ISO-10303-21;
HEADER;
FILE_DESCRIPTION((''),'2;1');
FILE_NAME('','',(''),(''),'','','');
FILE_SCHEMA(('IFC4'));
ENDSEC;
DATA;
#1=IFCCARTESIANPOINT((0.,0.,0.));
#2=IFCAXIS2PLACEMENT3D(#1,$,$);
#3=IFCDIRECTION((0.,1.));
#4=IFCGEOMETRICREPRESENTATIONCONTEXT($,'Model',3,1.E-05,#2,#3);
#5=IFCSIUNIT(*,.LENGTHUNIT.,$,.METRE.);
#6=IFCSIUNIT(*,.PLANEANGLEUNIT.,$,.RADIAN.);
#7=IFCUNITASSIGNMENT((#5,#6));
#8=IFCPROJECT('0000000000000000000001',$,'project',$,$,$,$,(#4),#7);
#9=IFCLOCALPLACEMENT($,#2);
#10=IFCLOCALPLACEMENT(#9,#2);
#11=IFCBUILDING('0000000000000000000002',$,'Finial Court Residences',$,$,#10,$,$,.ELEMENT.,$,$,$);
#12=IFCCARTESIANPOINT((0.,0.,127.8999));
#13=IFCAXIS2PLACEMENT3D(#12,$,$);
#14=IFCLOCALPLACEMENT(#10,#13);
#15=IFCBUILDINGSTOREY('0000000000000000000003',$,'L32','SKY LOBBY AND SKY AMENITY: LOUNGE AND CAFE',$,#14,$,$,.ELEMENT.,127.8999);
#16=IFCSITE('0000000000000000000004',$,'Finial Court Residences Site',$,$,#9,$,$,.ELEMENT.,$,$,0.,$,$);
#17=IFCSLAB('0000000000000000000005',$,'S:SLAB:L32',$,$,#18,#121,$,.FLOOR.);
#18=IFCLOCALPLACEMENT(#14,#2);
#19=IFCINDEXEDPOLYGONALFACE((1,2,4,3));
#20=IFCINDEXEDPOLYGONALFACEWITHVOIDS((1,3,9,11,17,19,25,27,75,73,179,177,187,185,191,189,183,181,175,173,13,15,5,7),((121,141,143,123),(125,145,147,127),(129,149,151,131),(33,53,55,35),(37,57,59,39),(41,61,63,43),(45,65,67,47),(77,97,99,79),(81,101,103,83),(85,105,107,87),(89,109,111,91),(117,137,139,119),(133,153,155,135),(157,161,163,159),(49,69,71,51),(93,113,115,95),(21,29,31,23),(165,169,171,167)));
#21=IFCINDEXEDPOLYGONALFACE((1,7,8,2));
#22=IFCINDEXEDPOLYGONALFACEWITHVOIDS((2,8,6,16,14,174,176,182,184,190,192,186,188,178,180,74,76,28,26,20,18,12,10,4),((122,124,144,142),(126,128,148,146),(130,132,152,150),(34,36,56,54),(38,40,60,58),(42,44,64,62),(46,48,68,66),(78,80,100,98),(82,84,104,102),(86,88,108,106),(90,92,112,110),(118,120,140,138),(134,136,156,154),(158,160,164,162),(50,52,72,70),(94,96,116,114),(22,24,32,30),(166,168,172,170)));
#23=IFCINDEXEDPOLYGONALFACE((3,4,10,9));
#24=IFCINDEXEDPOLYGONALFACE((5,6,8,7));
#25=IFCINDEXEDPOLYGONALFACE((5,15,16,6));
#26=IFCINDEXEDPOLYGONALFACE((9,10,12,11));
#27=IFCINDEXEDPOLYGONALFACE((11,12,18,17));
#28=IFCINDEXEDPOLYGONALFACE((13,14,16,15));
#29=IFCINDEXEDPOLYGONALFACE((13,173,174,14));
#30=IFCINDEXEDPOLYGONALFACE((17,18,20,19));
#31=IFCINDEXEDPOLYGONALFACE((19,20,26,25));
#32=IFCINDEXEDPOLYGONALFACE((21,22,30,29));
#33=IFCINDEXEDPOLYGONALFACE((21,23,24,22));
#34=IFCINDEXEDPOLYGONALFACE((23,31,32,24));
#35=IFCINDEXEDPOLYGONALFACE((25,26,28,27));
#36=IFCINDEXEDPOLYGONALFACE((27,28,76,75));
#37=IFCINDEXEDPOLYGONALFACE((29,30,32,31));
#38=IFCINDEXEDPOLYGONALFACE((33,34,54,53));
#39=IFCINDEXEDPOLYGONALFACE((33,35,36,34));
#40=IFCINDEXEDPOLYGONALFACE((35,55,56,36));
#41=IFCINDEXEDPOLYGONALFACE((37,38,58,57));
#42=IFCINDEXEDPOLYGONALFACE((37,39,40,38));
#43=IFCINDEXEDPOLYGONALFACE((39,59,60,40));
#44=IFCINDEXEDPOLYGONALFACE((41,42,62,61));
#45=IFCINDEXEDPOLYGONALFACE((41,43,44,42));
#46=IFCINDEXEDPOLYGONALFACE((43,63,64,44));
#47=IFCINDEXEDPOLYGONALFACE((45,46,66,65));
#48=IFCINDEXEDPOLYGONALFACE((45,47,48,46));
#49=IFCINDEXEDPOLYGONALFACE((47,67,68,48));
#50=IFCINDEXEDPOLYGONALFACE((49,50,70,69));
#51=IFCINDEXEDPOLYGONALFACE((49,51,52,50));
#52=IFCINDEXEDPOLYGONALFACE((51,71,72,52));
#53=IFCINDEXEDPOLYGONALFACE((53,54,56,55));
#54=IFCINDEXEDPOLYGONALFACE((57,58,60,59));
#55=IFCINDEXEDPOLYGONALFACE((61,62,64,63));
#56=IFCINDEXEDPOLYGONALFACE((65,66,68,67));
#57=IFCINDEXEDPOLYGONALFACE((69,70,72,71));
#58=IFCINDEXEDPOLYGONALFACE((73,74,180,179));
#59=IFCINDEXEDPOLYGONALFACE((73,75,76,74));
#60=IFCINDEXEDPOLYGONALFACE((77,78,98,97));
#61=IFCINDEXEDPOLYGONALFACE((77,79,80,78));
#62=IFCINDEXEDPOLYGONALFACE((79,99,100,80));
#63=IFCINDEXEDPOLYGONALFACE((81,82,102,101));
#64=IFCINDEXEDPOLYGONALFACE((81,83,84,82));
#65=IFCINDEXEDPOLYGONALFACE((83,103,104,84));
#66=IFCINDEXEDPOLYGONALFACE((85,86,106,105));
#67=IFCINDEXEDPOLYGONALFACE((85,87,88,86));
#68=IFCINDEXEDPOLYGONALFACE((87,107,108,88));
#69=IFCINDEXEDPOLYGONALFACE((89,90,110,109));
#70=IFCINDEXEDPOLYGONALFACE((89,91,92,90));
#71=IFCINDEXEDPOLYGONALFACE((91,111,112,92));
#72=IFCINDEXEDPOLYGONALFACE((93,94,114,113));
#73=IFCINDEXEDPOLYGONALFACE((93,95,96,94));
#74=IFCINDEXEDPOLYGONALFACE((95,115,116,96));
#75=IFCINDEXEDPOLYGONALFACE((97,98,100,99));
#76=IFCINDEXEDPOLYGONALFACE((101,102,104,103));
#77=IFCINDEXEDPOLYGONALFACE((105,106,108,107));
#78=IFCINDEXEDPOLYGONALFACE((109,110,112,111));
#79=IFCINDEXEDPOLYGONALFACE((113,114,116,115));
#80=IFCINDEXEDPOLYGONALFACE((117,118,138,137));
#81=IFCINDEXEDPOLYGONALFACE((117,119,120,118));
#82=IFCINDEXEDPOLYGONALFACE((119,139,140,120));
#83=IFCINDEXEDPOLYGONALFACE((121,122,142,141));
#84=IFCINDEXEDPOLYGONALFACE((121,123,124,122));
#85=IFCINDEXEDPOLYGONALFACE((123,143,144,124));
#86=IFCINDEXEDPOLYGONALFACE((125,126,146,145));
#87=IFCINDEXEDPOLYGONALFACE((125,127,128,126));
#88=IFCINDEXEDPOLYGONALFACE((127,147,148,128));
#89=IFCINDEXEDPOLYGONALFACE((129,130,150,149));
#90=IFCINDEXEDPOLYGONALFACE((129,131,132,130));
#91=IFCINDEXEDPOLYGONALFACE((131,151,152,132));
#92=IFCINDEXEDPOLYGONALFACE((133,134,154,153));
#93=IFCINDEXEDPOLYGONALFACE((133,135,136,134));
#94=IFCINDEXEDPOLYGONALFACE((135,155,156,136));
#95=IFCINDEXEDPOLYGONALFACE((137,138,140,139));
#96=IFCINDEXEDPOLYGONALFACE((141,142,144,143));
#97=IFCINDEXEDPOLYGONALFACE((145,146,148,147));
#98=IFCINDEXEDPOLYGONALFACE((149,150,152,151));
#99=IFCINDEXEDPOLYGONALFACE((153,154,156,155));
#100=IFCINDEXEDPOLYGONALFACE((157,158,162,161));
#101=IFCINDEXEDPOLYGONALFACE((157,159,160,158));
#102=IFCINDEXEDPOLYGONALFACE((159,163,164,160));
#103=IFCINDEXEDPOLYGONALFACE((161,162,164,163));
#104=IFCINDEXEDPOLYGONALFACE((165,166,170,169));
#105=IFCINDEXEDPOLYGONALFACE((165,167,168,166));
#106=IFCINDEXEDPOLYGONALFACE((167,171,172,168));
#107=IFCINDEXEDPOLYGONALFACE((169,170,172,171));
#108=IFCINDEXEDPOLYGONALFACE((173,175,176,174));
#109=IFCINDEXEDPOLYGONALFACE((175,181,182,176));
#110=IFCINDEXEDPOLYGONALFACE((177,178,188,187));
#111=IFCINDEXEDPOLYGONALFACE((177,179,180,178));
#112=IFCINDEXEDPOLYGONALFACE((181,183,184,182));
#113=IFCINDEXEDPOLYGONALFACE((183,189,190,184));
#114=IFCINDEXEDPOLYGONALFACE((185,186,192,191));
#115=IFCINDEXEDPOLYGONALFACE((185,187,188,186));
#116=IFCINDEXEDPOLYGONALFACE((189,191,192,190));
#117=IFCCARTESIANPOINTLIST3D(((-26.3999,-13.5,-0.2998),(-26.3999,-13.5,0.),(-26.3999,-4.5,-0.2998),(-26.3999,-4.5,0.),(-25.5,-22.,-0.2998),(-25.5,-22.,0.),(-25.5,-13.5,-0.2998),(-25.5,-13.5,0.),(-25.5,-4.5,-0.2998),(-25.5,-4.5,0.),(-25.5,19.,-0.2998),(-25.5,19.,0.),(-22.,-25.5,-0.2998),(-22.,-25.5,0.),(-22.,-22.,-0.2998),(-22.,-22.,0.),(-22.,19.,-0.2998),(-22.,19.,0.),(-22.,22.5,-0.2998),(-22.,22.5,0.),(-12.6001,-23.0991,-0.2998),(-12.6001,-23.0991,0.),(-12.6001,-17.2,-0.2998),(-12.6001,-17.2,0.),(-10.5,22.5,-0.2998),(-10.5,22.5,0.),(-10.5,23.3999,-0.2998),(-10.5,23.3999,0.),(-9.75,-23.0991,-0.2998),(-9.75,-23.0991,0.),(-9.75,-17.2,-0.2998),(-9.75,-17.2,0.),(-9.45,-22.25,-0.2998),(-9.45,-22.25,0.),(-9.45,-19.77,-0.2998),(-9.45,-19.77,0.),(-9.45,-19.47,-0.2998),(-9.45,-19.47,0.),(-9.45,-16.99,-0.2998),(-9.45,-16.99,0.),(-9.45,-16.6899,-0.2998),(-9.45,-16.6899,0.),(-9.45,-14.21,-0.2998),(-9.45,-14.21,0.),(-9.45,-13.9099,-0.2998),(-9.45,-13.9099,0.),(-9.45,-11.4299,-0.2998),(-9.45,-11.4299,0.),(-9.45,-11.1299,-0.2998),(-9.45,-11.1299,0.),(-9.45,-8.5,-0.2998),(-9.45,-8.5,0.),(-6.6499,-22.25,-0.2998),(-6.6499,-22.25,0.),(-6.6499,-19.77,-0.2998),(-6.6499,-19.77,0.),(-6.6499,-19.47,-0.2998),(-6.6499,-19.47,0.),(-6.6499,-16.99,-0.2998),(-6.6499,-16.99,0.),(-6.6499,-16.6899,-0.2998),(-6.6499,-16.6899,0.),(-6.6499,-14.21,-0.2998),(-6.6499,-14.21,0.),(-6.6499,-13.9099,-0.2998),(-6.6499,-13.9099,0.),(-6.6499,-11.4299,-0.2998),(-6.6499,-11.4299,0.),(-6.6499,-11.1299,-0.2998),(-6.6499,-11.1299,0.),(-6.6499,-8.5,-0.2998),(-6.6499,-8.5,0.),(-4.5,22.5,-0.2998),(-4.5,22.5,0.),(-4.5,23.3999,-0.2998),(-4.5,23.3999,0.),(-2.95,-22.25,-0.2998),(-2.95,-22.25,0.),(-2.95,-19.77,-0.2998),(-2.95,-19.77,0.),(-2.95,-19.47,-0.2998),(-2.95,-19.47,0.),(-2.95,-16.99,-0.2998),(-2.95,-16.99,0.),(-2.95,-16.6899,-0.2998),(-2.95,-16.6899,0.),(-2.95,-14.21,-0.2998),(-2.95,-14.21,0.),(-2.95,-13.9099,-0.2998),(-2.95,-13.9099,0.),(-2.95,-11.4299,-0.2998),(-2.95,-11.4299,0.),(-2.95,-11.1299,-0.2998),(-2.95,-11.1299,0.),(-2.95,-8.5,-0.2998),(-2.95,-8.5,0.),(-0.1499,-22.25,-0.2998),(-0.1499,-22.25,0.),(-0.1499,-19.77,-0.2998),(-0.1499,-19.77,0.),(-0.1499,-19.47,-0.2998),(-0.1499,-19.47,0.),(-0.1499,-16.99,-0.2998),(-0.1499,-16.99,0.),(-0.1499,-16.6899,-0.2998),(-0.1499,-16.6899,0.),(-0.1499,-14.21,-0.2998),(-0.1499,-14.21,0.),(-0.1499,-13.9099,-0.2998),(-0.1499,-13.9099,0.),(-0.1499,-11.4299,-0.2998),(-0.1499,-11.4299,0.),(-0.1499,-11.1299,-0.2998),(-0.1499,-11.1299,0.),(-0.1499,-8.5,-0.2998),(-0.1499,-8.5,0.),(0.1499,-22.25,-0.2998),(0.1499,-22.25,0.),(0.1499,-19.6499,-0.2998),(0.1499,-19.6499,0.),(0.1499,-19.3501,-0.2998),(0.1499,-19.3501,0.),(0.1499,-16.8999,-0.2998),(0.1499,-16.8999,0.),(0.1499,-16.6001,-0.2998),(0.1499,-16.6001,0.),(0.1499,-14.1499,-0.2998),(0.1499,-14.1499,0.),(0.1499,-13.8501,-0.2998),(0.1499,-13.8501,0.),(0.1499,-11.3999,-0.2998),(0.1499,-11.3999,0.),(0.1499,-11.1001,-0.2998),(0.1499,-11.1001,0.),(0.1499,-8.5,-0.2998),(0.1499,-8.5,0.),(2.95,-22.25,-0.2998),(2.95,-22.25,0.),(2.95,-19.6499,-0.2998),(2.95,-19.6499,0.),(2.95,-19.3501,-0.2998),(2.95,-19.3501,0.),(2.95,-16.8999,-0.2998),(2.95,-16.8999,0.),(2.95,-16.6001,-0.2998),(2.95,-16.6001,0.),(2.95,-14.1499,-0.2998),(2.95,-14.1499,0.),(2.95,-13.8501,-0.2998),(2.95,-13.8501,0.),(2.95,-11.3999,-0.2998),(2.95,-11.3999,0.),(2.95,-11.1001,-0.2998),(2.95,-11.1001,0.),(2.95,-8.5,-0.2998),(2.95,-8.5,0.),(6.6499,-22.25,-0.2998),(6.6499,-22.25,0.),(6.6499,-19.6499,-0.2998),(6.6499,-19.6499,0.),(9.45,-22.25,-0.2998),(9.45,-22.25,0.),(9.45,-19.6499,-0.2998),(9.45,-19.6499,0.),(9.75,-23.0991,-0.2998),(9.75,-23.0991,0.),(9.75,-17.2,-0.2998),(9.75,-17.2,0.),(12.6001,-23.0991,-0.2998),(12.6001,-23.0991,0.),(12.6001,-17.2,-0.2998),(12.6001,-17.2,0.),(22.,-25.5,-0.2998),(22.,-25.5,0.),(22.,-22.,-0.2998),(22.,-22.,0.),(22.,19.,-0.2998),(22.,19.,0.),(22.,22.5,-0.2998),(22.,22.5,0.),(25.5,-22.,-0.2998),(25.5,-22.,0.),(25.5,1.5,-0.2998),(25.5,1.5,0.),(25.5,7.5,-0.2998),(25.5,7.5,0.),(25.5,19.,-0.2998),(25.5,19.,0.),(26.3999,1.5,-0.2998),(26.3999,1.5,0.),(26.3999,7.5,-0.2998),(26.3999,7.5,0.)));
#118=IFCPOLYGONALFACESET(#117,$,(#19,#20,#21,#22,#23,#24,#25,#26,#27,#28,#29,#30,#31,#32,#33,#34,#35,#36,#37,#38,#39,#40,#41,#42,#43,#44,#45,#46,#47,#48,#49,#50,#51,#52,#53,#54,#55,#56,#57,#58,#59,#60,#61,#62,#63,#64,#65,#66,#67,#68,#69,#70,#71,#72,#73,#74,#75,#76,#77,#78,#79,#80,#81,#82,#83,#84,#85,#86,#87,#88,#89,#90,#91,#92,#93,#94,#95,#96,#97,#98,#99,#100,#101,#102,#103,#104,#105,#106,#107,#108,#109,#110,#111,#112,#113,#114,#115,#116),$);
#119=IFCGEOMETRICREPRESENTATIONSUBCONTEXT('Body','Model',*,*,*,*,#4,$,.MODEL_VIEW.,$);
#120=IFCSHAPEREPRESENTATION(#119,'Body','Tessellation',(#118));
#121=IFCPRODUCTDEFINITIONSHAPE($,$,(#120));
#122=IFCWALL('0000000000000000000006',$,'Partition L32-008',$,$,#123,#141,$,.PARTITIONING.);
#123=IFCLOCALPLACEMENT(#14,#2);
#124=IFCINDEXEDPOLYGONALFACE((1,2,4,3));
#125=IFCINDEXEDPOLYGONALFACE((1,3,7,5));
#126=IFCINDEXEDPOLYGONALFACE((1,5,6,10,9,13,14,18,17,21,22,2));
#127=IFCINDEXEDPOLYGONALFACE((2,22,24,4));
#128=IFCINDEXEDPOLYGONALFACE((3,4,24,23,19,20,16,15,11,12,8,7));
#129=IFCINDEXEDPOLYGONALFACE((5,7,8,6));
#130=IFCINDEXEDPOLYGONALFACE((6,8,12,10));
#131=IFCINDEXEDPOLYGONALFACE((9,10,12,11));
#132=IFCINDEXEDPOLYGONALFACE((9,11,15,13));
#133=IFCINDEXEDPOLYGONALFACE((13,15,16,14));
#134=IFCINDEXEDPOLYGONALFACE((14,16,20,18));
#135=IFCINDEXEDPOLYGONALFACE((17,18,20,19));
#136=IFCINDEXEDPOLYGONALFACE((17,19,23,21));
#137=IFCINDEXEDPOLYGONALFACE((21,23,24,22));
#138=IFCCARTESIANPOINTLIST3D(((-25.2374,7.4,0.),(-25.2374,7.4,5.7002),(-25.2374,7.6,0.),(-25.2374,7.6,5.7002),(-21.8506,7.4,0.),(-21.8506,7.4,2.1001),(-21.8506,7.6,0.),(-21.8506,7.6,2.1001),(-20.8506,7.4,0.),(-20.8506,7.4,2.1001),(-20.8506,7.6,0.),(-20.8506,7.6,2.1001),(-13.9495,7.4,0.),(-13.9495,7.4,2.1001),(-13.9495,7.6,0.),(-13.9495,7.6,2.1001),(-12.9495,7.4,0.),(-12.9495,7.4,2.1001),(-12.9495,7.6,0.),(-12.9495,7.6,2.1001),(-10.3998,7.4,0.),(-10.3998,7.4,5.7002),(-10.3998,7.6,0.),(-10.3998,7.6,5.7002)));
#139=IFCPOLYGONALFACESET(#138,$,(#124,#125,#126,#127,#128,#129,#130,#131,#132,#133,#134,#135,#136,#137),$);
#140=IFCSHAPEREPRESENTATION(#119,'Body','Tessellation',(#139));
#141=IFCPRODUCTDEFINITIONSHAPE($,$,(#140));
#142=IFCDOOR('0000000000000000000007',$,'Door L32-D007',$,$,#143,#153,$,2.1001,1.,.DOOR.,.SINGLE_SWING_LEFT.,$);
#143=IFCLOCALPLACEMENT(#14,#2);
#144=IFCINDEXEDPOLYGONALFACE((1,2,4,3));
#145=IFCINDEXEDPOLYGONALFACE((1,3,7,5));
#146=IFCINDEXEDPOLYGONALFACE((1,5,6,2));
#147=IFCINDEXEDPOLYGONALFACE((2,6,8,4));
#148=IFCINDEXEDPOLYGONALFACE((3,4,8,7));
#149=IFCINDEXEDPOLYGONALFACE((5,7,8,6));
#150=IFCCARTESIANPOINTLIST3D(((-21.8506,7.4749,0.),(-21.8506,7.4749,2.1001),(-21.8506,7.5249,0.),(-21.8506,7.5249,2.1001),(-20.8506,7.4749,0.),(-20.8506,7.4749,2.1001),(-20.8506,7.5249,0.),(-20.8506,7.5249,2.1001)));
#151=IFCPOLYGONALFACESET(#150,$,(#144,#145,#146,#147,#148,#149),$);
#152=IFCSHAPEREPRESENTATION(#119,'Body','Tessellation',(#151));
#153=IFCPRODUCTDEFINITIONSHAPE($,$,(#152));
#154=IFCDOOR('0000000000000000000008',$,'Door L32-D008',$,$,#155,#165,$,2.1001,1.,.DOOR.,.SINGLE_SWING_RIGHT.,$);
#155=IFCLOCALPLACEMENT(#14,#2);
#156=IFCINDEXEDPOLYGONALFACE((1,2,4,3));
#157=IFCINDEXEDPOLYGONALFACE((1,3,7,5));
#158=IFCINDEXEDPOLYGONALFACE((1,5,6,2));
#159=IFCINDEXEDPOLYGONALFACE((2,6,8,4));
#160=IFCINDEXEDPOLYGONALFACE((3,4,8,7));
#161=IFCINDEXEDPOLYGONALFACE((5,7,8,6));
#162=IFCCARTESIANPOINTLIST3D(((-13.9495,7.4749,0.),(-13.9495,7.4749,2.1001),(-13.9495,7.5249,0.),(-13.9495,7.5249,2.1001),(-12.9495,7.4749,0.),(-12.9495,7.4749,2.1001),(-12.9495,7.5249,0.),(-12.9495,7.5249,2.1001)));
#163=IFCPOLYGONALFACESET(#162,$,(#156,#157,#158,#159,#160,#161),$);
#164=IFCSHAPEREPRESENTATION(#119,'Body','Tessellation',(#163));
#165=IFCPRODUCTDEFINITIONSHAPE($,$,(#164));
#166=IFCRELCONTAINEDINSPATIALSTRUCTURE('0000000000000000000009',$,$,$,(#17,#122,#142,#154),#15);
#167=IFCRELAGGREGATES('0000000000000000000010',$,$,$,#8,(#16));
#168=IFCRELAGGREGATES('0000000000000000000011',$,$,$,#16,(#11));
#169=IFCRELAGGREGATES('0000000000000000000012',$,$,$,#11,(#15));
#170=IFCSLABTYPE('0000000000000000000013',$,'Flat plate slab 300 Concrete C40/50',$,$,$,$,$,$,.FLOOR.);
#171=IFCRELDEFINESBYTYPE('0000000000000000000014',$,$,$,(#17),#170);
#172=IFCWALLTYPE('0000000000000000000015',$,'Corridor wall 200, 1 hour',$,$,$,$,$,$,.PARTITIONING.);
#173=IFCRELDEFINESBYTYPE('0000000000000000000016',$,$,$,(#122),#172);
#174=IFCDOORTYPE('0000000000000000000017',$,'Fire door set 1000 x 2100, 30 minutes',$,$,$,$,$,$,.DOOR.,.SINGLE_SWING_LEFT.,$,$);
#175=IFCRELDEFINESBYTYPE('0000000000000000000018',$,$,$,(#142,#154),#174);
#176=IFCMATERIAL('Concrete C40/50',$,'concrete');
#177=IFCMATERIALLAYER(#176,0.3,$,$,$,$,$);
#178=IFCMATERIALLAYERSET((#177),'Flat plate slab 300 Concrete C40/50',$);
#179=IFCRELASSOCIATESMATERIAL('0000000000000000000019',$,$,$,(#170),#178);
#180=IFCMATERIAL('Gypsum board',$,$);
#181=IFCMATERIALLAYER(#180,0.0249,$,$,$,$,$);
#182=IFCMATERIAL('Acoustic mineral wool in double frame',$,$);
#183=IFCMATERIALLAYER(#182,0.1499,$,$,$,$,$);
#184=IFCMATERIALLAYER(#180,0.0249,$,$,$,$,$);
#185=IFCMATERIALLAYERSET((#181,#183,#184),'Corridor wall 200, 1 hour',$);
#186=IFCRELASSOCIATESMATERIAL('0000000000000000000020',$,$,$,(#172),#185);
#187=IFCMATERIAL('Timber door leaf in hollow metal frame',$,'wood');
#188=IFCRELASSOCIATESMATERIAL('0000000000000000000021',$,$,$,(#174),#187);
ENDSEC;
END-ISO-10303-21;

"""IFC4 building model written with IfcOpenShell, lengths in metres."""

from ifc_helpers import new_model, si_unit, direction, frame, frame_2d, origin, place, context, subcontext, project, spatial, polyline, rectangle, outline, extrude, material, layer, layer_set, type_object, element, fill, save


model = new_model("IFC4")

# Units and contexts
model_context = context("Model", 3, precision=1e-05, world=origin(), true_north=direction((0.0, 1.0)))
body_context = subcontext(model_context, "Body", "Model", "MODEL_VIEW")
ifc_project = project(units=[si_unit("LENGTHUNIT", "METRE"), si_unit("PLANEANGLEUNIT", "RADIAN")], contexts=[model_context])

# Site, building, storey
site_placement = place(None, origin())
site = spatial("IfcSite", under=ifc_project, at=site_placement, Name="Finial Court Residences Site", CompositionType="ELEMENT", RefElevation=0.0)
building_placement = place(site_placement, origin())
building = spatial("IfcBuilding", under=site, at=building_placement, Name="Finial Court Residences", CompositionType="ELEMENT")
storey_placement = place(building_placement, frame((0.0, 0.0, 127.8999)))
storey = spatial("IfcBuildingStorey", under=building, at=storey_placement, Name="L32", Description="SKY LOBBY AND SKY AMENITY: LOUNGE AND CAFE", CompositionType="ELEMENT", Elevation=127.8999)

# Slab
ifc_material_1 = material(Name="Concrete C40/50", Category="concrete")
ifc_layer_1 = layer(ifc_material_1, 0.3)
ifc_layer_set_1 = layer_set([ifc_layer_1], Name="Flat plate slab 300 Concrete C40/50")
slab_type_1 = type_object("IfcSlabType", Name="Flat plate slab 300 Concrete C40/50", PredefinedType="FLOOR", material=ifc_layer_set_1)
slab_1_placement = place(storey_placement, frame((0.0, 0.0, -0.2998)))
element("IfcSlab", 1, at=slab_1_placement, inside=storey, type_object=slab_type_1, Name="S:SLAB:L32", PredefinedType="FLOOR", context=body_context, shape_type="SweptSolid", body=[
    extrude(outline(polyline([(-26.3999, -4.5), (-25.5, -4.5), (-25.5, 19.0), (-22.0, 19.0), (-22.0, 22.5), (-10.5, 22.5), (-10.5, 23.3999), (-4.5, 23.3999), (-4.5, 22.5), (22.0, 22.5), (22.0, 19.0), (25.5, 19.0), (25.5, 7.5), (26.3999, 7.5), (26.3999, 1.5), (25.5, 1.5), (25.5, -22.0), (22.0, -22.0), (22.0, -25.5), (-22.0, -25.5), (-22.0, -22.0), (-25.5, -22.0), (-25.5, -13.5), (-26.3999, -13.5), (-26.3999, -4.5)]), holes=[polyline([(-6.6499, -22.25), (-6.6499, -19.77), (-9.45, -19.77), (-9.45, -22.25), (-6.6499, -22.25)]), polyline([(-0.1499, -22.25), (-0.1499, -19.77), (-2.95, -19.77), (-2.95, -22.25), (-0.1499, -22.25)]), polyline([(-9.75, -17.2), (-12.6001, -17.2), (-12.6001, -23.0991), (-9.75, -23.0991), (-9.75, -17.2)]), polyline([(-6.6499, -19.47), (-6.6499, -16.99), (-9.45, -16.99), (-9.45, -19.47), (-6.6499, -19.47)]), polyline([(-6.6499, -16.6899), (-6.6499, -14.21), (-9.45, -14.21), (-9.45, -16.6899), (-6.6499, -16.6899)]), polyline([(-0.1499, -16.6899), (-0.1499, -14.21), (-2.95, -14.21), (-2.95, -16.6899), (-0.1499, -16.6899)]), polyline([(-6.6499, -13.9099), (-6.6499, -11.4299), (-9.45, -11.4299), (-9.45, -13.9099), (-6.6499, -13.9099)]), polyline([(-2.95, -13.9099), (-0.1499, -13.9099), (-0.1499, -11.4299), (-2.95, -11.4299), (-2.95, -13.9099)]), polyline([(-9.45, -11.1299), (-6.6499, -11.1299), (-6.6499, -8.5), (-9.45, -8.5), (-9.45, -11.1299)]), polyline([(2.95, -22.25), (2.95, -19.6499), (0.1499, -19.6499), (0.1499, -22.25), (2.95, -22.25)]), polyline([(9.45, -22.25), (9.45, -19.6499), (6.6499, -19.6499), (6.6499, -22.25), (9.45, -22.25)]), polyline([(12.6001, -17.2), (9.75, -17.2), (9.75, -23.0991), (12.6001, -23.0991), (12.6001, -17.2)]), polyline([(-0.1499, -19.47), (-0.1499, -16.99), (-2.95, -16.99), (-2.95, -19.47), (-0.1499, -19.47)]), polyline([(2.95, -19.3501), (2.95, -16.8999), (0.1499, -16.8999), (0.1499, -19.3501), (2.95, -19.3501)]), polyline([(2.95, -16.6001), (2.95, -14.1499), (0.1499, -14.1499), (0.1499, -16.6001), (2.95, -16.6001)]), polyline([(2.95, -13.8501), (2.95, -11.3999), (0.1499, -11.3999), (0.1499, -13.8501), (2.95, -13.8501)]), polyline([(-2.95, -11.1299), (-0.1499, -11.1299), (-0.1499, -8.5), (-2.95, -8.5), (-2.95, -11.1299)]), polyline([(0.1499, -11.1001), (2.95, -11.1001), (2.95, -8.5), (0.1499, -8.5), (0.1499, -11.1001)])]), origin(), (0.0, 0.0, 1.0), 0.2998),
])

# Wall, openings, doors
ifc_material_2 = material(Name="Gypsum board")
ifc_layer_2 = layer(ifc_material_2, 0.0249)
ifc_material_3 = material(Name="Acoustic mineral wool in double frame")
ifc_layer_3 = layer(ifc_material_3, 0.1499)
ifc_layer_4 = layer(ifc_material_2, 0.0249)
ifc_layer_set_2 = layer_set([ifc_layer_2, ifc_layer_3, ifc_layer_4], Name="Corridor wall 200, 1 hour")
wall_type_1 = type_object("IfcWallType", Name="Corridor wall 200, 1 hour", PredefinedType="PARTITIONING", material=ifc_layer_set_2)
wall_1_placement = place(storey_placement, frame((-25.2375, 7.5, 0.0), z_axis=(0.0, 0.0, 1.0), x_axis=(1.0, 0.0, 0.0)))
wall_1 = element("IfcWall", 2, at=wall_1_placement, inside=storey, type_object=wall_type_1, Name="Partition L32-008", PredefinedType="PARTITIONING", context=body_context, shape_type="SweptSolid", body=[
    extrude(rectangle(XDim=14.8376, YDim=0.2, at=frame_2d((7.4189, 0.0))), origin(), (0.0, 0.0, 1.0), 5.7002),
])
opening_1_placement = place(wall_1_placement, frame((3.387, 0.0, 0.0)))
opening_1 = element("IfcOpeningElement", 3, at=opening_1_placement, cuts=wall_1, PredefinedType="OPENING", context=body_context, shape_type="SweptSolid", body=[
    extrude(rectangle(XDim=1.0, YDim=2.1001, at=frame_2d((0.5, 1.05))), frame((0.0, 0.1099, 0.0), z_axis=(0.0, -1.0, 0.0), x_axis=(1.0, 0.0, 0.0)), (0.0, 0.0, 1.0), 0.22),
])
opening_2_placement = place(wall_1_placement, frame((11.2881, 0.0, 0.0)))
opening_2 = element("IfcOpeningElement", 4, at=opening_2_placement, cuts=wall_1, PredefinedType="OPENING", context=body_context, shape_type="SweptSolid", body=[
    extrude(rectangle(XDim=1.0, YDim=2.1001, at=frame_2d((0.5, 1.05))), frame((0.0, 0.1099, 0.0), z_axis=(0.0, -1.0, 0.0), x_axis=(1.0, 0.0, 0.0)), (0.0, 0.0, 1.0), 0.22),
])
ifc_material_4 = material(Name="Timber door leaf in hollow metal frame", Category="wood")
door_type = type_object("IfcDoorType", Name="Fire door set 1000 x 2100, 30 minutes", OperationType="SINGLE_SWING_LEFT", PredefinedType="DOOR", material=ifc_material_4)
door_1_placement = place(opening_1_placement, origin())
door_1 = element("IfcDoor", 5, at=door_1_placement, inside=storey, type_object=door_type, Name="Door L32-D007", OperationType="SINGLE_SWING_LEFT", OverallHeight=2.1001, OverallWidth=1.0, PredefinedType="DOOR", context=body_context, shape_type="SweptSolid", body=[
    extrude(rectangle(XDim=1.0, YDim=2.1001, at=frame_2d((0.5, 1.05))), frame((0.0, 0.0249, 0.0), z_axis=(0.0, -1.0, 0.0), x_axis=(1.0, 0.0, 0.0)), (0.0, 0.0, 1.0), 0.05),
])
fill(opening_1, door_1)
door_2_placement = place(opening_2_placement, origin())
door_2 = element("IfcDoor", 6, at=door_2_placement, inside=storey, type_object=door_type, Name="Door L32-D008", OperationType="SINGLE_SWING_RIGHT", OverallHeight=2.1001, OverallWidth=1.0, PredefinedType="DOOR", context=body_context, shape_type="SweptSolid", body=[
    extrude(rectangle(XDim=1.0, YDim=2.1001, at=frame_2d((0.5, 1.05))), frame((0.0, 0.0249, 0.0), z_axis=(0.0, -1.0, 0.0), x_axis=(1.0, 0.0, 0.0)), (0.0, 0.0, 1.0), 0.05),
])
fill(opening_2, door_2)

save(model, "model.ifc")
